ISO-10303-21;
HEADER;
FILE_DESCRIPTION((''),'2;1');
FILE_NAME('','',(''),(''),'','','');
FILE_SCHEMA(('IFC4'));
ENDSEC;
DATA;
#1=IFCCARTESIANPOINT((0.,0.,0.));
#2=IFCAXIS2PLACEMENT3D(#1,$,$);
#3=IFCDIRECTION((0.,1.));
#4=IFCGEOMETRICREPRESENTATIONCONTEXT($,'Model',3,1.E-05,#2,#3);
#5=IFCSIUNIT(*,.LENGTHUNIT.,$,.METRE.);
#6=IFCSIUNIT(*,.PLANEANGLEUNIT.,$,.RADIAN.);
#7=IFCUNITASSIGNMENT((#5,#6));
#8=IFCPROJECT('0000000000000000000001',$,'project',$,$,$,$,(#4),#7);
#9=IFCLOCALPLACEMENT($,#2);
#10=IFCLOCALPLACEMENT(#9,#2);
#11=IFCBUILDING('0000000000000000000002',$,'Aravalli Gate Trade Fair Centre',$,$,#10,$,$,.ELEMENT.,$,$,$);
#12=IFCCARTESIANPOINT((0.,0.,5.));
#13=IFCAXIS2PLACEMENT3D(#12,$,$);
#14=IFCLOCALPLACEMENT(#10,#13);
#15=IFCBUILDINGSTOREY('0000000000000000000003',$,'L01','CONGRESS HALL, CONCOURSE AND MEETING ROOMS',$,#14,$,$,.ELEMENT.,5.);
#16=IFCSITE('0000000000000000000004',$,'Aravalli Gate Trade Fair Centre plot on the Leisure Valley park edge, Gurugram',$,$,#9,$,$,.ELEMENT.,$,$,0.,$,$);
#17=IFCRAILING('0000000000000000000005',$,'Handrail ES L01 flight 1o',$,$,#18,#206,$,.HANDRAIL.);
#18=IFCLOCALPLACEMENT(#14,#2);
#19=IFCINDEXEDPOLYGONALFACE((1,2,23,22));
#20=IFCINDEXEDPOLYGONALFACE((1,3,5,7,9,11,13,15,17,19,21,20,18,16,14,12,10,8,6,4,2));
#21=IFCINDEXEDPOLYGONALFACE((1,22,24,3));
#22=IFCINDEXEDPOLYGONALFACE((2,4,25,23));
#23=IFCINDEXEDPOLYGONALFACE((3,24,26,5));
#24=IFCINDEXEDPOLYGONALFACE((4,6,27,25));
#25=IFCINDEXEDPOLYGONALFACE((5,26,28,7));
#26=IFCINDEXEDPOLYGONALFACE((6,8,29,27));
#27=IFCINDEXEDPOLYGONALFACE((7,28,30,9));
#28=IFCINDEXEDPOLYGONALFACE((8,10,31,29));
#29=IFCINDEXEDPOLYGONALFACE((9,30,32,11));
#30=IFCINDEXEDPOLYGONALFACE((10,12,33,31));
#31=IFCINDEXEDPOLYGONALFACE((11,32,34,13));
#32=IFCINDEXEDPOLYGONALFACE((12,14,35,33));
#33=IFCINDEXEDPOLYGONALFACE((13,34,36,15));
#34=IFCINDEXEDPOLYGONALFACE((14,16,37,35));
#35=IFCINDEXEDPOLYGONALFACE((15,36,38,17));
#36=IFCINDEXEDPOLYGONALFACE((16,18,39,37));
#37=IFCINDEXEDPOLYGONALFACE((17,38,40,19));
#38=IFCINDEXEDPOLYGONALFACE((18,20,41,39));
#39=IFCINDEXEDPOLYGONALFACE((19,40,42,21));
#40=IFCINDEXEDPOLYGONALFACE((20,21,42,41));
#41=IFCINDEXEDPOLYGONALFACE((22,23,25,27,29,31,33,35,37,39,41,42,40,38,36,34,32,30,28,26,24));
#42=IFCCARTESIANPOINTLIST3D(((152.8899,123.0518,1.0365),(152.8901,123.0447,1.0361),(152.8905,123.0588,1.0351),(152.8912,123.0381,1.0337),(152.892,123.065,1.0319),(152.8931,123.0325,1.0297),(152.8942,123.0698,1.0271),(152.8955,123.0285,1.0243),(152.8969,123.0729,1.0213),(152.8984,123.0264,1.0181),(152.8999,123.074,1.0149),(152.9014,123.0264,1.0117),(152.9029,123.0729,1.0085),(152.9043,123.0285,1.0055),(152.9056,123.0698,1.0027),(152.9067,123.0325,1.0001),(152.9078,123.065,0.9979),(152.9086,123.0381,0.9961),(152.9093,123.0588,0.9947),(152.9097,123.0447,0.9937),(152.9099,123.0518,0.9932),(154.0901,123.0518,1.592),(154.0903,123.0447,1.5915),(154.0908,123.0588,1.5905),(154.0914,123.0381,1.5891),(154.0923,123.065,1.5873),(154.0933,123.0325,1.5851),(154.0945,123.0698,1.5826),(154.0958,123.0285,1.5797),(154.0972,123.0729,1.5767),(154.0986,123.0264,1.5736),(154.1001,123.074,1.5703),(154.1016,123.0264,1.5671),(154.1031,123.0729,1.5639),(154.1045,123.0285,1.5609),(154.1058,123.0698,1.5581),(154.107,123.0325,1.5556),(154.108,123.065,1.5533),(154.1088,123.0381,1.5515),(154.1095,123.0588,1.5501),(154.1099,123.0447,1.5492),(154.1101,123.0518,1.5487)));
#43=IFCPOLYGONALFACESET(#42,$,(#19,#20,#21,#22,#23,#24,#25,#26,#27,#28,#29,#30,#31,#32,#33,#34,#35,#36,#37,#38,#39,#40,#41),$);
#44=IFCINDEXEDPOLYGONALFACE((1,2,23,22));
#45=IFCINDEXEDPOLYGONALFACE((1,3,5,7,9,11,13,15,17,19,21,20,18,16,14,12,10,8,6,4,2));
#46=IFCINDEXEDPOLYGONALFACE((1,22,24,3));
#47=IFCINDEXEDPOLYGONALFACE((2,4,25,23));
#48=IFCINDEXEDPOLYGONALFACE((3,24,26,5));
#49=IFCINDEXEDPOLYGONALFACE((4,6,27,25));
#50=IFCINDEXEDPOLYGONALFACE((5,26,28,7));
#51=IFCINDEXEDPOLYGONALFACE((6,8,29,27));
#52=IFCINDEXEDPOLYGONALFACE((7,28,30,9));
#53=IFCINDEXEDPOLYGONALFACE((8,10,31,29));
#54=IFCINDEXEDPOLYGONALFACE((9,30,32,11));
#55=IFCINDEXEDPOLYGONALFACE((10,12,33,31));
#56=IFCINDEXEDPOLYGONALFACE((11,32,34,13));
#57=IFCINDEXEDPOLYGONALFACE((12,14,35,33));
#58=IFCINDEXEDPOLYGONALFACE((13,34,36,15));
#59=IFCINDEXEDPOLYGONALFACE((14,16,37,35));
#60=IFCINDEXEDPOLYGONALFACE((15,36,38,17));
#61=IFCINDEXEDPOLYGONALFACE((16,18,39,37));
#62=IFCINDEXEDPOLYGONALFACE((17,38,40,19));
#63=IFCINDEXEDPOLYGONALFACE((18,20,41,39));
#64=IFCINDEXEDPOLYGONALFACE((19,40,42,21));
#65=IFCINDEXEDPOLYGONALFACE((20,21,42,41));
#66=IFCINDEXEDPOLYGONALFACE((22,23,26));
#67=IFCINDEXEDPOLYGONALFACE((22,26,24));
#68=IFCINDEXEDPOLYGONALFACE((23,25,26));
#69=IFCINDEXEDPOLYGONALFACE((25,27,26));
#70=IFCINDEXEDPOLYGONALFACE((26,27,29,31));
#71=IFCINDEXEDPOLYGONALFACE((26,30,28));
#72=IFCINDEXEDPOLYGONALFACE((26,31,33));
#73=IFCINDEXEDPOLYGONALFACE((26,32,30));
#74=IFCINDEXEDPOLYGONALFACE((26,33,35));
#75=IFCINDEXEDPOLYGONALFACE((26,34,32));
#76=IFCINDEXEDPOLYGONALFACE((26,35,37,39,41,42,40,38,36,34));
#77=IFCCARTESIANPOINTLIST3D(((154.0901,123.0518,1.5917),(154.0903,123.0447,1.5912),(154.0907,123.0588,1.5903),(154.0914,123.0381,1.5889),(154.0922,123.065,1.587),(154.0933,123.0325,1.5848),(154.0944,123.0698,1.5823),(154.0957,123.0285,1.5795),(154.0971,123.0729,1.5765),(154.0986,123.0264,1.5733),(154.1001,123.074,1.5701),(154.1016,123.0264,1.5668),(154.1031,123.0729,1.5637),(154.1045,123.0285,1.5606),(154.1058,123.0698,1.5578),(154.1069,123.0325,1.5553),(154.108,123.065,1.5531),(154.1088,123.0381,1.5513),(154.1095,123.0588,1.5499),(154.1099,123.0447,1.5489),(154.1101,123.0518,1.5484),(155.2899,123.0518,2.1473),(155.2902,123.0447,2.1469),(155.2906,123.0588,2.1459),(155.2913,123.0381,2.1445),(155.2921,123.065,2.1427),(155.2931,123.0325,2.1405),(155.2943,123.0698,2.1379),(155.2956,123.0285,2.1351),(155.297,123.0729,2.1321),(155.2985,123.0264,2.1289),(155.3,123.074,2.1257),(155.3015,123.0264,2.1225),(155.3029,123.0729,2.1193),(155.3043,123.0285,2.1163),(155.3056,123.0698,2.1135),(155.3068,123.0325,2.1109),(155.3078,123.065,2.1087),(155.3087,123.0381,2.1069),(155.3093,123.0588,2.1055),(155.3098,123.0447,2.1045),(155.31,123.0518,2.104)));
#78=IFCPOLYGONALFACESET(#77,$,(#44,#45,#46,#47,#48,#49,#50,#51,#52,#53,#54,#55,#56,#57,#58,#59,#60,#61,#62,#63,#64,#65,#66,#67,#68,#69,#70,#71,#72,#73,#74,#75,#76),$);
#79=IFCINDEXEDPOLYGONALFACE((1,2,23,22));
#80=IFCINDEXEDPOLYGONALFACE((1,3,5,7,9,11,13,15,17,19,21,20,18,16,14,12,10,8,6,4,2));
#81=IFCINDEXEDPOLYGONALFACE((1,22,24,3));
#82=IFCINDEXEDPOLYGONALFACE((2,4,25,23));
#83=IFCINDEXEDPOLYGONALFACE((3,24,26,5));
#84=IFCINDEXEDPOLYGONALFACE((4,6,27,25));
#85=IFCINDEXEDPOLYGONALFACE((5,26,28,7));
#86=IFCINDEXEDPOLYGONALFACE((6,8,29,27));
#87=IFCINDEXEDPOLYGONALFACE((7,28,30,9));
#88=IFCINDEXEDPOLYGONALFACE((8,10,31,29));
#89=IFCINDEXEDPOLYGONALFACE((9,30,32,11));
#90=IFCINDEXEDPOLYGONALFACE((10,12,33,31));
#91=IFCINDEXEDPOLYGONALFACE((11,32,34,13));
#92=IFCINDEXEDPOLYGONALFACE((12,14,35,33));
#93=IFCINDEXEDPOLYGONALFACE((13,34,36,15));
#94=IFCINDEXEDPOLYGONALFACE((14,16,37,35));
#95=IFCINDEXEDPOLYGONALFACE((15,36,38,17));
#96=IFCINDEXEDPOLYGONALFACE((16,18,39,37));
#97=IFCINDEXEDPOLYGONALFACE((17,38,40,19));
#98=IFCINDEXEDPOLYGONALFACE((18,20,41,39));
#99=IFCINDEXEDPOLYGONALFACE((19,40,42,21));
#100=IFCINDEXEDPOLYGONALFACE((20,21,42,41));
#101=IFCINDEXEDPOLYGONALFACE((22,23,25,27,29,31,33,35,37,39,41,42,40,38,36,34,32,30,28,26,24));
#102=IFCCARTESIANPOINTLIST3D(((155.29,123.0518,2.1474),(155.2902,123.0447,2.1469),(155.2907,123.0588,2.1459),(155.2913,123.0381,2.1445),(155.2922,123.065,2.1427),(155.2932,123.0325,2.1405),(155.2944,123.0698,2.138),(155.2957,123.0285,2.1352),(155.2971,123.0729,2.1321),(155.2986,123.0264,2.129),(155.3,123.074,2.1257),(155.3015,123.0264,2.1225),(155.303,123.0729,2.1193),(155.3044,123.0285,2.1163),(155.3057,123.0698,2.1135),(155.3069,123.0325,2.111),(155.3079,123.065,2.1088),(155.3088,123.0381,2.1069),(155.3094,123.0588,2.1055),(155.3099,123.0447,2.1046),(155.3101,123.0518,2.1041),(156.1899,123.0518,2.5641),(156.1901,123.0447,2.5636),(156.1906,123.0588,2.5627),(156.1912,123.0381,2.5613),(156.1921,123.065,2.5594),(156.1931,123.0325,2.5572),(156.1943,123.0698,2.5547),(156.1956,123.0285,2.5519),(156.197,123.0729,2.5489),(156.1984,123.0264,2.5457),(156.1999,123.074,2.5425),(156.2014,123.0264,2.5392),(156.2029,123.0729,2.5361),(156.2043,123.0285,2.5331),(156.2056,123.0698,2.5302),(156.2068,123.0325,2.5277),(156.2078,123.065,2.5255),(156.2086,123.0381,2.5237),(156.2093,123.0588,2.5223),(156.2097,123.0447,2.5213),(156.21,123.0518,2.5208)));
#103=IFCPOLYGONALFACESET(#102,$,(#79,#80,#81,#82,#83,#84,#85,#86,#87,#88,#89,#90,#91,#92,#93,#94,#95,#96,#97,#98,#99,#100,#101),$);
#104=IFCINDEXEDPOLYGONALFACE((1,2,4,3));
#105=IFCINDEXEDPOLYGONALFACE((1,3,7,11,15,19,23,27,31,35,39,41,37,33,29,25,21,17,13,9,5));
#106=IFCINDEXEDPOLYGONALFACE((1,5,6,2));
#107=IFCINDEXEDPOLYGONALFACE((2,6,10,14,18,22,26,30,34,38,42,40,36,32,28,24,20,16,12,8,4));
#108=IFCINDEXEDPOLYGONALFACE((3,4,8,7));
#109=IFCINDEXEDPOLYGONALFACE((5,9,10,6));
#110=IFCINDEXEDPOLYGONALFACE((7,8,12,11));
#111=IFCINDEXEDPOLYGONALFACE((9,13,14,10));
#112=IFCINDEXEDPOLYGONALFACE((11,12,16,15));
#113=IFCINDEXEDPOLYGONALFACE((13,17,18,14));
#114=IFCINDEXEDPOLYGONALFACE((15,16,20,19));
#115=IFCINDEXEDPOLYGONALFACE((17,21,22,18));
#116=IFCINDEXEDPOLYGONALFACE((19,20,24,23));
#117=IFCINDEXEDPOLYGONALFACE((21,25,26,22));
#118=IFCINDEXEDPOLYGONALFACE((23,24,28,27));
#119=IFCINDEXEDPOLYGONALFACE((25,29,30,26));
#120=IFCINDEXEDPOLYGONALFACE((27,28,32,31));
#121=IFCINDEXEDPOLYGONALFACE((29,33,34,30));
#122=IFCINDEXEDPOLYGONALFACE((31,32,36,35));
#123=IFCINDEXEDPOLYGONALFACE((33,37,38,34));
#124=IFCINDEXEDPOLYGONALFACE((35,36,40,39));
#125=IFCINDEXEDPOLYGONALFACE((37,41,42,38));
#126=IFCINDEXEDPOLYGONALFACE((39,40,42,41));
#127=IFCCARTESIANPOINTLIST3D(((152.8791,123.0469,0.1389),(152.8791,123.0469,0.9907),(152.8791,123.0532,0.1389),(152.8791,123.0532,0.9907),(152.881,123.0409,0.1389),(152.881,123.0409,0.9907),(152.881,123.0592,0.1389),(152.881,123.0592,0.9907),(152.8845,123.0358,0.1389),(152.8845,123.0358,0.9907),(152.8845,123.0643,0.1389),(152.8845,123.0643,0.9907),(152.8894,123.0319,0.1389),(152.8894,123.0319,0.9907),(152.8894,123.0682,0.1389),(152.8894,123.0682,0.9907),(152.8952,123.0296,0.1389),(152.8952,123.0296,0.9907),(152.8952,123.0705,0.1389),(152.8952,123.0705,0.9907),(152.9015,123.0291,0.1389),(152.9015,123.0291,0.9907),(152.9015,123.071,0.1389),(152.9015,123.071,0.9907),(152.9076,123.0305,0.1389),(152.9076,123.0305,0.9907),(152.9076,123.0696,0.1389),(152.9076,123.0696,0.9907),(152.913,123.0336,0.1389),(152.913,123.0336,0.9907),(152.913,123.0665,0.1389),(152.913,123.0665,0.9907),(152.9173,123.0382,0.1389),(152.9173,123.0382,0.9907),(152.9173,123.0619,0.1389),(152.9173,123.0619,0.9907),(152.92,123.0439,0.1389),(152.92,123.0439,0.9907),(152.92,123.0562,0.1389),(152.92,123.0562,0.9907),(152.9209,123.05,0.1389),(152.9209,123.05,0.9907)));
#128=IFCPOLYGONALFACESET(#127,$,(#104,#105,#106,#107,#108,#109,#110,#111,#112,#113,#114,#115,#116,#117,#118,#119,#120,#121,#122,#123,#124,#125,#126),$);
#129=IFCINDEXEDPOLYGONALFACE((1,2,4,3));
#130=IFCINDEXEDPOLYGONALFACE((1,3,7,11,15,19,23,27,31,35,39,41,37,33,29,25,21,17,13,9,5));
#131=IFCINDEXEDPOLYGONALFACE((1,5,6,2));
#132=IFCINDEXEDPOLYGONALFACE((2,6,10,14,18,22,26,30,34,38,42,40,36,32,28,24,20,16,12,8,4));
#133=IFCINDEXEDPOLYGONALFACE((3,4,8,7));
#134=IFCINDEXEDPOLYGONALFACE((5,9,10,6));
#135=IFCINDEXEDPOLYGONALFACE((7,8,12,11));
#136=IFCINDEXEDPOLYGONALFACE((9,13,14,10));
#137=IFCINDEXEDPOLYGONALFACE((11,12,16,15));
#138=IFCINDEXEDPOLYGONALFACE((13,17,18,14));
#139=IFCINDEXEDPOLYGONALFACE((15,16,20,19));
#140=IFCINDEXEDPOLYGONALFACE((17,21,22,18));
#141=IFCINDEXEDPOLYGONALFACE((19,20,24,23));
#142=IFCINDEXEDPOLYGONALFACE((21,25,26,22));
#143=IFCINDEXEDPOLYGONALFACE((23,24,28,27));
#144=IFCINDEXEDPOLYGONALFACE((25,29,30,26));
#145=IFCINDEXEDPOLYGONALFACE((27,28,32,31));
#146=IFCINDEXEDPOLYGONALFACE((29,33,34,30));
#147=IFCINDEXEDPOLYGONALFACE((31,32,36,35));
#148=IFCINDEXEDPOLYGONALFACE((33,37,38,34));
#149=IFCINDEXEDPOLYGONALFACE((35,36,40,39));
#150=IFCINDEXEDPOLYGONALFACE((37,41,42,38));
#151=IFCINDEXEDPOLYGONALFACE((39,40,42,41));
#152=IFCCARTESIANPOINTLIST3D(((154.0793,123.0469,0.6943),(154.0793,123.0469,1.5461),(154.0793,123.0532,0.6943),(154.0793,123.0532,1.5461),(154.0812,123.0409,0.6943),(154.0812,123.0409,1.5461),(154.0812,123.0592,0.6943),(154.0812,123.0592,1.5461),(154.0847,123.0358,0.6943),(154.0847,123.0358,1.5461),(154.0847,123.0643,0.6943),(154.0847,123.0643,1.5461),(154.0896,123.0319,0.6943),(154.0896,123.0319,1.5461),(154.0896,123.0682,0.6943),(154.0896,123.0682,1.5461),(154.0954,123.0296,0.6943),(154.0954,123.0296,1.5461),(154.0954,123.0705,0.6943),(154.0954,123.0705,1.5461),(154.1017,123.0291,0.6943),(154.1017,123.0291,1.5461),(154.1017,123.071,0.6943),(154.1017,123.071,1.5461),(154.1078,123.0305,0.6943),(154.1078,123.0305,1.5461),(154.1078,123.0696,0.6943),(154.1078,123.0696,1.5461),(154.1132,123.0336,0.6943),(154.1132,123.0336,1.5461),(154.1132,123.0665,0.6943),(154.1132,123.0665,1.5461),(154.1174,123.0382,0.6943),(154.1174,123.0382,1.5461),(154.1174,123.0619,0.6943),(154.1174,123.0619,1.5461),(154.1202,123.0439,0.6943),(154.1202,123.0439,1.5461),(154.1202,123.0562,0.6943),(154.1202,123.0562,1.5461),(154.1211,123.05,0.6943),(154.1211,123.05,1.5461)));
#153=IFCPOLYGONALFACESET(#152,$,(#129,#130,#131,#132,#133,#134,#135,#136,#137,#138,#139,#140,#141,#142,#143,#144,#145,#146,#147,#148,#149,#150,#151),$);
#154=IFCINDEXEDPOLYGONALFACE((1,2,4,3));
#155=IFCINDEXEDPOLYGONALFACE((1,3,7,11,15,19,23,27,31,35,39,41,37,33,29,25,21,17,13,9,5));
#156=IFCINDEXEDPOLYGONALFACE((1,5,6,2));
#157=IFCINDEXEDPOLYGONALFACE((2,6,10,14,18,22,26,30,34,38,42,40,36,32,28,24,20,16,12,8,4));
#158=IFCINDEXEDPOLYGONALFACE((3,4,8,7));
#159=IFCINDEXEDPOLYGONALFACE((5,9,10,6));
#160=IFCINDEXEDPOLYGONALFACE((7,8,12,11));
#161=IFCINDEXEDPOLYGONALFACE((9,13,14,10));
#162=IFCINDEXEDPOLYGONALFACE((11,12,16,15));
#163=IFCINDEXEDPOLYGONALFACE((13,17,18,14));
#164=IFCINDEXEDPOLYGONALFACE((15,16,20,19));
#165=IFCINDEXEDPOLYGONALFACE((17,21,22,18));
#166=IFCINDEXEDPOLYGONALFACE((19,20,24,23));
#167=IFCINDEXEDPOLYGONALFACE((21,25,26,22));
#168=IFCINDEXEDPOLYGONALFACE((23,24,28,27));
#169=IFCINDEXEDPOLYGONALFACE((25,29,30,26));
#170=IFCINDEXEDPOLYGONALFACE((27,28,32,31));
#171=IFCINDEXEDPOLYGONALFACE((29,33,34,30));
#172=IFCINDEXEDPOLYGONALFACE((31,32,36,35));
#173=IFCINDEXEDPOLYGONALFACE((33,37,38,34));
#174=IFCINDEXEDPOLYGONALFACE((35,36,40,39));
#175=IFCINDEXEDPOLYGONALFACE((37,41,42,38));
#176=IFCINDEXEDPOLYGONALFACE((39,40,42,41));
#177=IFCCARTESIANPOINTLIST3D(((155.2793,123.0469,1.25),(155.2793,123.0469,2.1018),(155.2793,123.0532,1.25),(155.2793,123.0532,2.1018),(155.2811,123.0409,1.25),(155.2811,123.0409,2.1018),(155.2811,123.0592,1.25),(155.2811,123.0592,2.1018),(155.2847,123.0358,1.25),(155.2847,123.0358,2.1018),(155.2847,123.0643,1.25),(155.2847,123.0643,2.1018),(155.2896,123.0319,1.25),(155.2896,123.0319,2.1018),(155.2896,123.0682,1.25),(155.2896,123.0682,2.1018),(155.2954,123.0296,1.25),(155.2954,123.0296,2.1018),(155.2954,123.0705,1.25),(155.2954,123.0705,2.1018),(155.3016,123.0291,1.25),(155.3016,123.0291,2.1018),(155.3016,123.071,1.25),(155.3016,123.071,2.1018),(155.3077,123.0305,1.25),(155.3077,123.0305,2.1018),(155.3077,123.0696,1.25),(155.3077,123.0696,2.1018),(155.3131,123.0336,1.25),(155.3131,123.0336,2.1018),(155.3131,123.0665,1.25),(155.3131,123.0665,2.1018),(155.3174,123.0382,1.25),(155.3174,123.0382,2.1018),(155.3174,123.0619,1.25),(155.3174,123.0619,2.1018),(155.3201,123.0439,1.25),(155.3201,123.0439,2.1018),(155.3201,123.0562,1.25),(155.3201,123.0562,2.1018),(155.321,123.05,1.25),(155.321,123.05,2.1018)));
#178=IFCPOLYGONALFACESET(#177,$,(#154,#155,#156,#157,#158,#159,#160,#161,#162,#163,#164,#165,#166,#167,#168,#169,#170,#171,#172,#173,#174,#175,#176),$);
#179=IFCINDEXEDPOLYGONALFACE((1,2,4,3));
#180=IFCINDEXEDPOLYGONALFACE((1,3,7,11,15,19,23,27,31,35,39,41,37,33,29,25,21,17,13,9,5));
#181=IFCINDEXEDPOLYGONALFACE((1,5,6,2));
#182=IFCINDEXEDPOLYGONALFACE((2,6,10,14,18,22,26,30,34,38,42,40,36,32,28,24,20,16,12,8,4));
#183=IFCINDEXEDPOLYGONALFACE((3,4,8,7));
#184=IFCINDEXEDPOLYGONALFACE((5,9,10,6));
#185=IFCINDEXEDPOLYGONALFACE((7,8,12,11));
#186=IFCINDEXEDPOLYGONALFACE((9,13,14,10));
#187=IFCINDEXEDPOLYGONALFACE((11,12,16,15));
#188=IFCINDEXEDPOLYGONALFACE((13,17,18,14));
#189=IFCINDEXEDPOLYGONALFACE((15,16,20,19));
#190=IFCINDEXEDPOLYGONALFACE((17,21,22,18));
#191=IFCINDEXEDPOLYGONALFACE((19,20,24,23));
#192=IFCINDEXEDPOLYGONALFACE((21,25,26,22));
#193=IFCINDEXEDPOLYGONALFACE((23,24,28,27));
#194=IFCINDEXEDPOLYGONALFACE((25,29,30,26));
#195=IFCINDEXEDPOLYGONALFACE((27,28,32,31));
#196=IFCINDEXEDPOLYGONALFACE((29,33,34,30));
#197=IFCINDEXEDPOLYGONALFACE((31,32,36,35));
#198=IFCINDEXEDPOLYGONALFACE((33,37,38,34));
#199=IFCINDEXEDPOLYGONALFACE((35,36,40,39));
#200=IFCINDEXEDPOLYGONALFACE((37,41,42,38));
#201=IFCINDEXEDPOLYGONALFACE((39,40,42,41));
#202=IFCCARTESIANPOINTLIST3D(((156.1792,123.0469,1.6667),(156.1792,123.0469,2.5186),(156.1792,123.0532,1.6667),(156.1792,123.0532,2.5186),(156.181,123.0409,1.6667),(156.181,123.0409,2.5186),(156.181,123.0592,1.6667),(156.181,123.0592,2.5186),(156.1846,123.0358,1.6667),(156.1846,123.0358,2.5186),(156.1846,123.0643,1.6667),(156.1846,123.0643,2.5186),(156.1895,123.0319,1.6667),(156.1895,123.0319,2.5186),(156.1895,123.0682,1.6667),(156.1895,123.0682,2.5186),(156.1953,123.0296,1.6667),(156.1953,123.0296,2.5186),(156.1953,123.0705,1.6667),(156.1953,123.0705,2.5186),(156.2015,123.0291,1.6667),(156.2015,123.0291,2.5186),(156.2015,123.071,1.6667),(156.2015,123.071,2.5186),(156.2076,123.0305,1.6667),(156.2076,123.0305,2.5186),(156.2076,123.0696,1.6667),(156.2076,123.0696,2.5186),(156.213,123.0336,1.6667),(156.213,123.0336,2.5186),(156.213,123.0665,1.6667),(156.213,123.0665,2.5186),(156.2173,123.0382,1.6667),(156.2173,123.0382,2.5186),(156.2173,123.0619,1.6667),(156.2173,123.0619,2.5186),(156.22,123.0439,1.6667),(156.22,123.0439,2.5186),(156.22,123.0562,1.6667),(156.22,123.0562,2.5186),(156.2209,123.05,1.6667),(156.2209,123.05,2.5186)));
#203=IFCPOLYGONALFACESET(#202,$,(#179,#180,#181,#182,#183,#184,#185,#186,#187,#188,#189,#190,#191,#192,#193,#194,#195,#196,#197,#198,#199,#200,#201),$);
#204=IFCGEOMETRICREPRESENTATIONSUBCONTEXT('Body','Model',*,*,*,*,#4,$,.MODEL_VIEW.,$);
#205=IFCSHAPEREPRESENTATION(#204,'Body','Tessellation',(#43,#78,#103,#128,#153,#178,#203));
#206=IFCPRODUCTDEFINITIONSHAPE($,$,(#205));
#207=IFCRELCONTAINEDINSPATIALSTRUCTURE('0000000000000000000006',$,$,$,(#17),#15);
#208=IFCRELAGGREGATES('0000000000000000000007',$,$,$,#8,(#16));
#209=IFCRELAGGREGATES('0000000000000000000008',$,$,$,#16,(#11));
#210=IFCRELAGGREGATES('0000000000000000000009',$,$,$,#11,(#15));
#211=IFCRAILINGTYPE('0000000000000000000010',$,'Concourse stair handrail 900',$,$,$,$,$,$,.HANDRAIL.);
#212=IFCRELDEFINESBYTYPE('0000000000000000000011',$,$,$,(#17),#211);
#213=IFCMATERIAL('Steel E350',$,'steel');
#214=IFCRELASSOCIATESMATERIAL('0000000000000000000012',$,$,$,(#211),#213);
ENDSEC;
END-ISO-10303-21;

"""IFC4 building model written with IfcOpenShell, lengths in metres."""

from ifc_helpers import new_model, si_unit, direction, frame, origin, origin_2d, place, context, subcontext, project, spatial, circle, extrude, material, type_object, element, save


model = new_model("IFC4")

# Units and contexts
model_context = context("Model", 3, precision=1e-05, world=origin(), true_north=direction((0.0, 1.0)))
body_context = subcontext(model_context, "Body", "Model", "MODEL_VIEW")
ifc_project = project(units=[si_unit("LENGTHUNIT", "METRE"), si_unit("PLANEANGLEUNIT", "RADIAN")], contexts=[model_context])

# Site, building, storey
site_placement = place(None, origin())
site = spatial("IfcSite", under=ifc_project, at=site_placement, Name="Aravalli Gate Trade Fair Centre plot on the Leisure Valley park edge, Gurugram", CompositionType="ELEMENT", RefElevation=0.0)
building_placement = place(site_placement, origin())
building = spatial("IfcBuilding", under=site, at=building_placement, Name="Aravalli Gate Trade Fair Centre", CompositionType="ELEMENT")
storey_placement = place(building_placement, frame((0.0, 0.0, 5.0)))
storey = spatial("IfcBuildingStorey", under=building, at=storey_placement, Name="L01", Description="CONGRESS HALL, CONCOURSE AND MEETING ROOMS", CompositionType="ELEMENT", Elevation=5.0)

# Shared definitions
ifc_material_1 = material(Name="Steel E350", Category="steel")

# Railing
railing_type = type_object("IfcRailingType", Name="Concourse stair handrail 900", PredefinedType="HANDRAIL", material=ifc_material_1)
railing_1_placement = place(storey_placement, frame((152.8999, 123.05, 0.1389)))
element("IfcRailing", 1, at=railing_1_placement, inside=storey, type_object=railing_type, Name="Handrail ES L01 flight 1o", PredefinedType="HANDRAIL", context=body_context, shape_type="SweptSolid", body=[
    extrude(circle(Radius=0.0239, at=origin_2d()), frame((0.0, 0.0, 0.876), z_axis=(0.907532, 0.0, 0.419983), x_axis=(0.0, 1.0, 0.0)), (0.0, 0.0, 1.0), 1.3225),
    extrude(circle(Radius=0.0239, at=origin_2d()), frame((1.2002, 0.0, 1.4312), z_axis=(0.907429, 0.0, 0.420205), x_axis=(0.0, 1.0, 0.0)), (0.0, 0.0, 1.0), 1.3223),
    extrude(circle(Radius=0.0239, at=origin_2d()), frame((2.4001, 0.0, 1.9868), z_axis=(0.907418, 0.0, 0.420229), x_axis=(0.0, 1.0, 0.0)), (0.0, 0.0, 1.0), 0.9917),
    extrude(circle(Radius=0.021, at=origin_2d()), origin(), (0.0, 0.0, 1.0), 0.8518),
    extrude(circle(Radius=0.021, at=origin_2d()), frame((1.2002, 0.0, 0.5554)), (0.0, 0.0, 1.0), 0.8518),
    extrude(circle(Radius=0.021, at=origin_2d()), frame((2.4001, 0.0, 1.1111)), (0.0, 0.0, 1.0), 0.8518),
    extrude(circle(Radius=0.021, at=origin_2d()), frame((3.3, 0.0, 1.5278)), (0.0, 0.0, 1.0), 0.8518),
])

save(model, "model.ifc")
